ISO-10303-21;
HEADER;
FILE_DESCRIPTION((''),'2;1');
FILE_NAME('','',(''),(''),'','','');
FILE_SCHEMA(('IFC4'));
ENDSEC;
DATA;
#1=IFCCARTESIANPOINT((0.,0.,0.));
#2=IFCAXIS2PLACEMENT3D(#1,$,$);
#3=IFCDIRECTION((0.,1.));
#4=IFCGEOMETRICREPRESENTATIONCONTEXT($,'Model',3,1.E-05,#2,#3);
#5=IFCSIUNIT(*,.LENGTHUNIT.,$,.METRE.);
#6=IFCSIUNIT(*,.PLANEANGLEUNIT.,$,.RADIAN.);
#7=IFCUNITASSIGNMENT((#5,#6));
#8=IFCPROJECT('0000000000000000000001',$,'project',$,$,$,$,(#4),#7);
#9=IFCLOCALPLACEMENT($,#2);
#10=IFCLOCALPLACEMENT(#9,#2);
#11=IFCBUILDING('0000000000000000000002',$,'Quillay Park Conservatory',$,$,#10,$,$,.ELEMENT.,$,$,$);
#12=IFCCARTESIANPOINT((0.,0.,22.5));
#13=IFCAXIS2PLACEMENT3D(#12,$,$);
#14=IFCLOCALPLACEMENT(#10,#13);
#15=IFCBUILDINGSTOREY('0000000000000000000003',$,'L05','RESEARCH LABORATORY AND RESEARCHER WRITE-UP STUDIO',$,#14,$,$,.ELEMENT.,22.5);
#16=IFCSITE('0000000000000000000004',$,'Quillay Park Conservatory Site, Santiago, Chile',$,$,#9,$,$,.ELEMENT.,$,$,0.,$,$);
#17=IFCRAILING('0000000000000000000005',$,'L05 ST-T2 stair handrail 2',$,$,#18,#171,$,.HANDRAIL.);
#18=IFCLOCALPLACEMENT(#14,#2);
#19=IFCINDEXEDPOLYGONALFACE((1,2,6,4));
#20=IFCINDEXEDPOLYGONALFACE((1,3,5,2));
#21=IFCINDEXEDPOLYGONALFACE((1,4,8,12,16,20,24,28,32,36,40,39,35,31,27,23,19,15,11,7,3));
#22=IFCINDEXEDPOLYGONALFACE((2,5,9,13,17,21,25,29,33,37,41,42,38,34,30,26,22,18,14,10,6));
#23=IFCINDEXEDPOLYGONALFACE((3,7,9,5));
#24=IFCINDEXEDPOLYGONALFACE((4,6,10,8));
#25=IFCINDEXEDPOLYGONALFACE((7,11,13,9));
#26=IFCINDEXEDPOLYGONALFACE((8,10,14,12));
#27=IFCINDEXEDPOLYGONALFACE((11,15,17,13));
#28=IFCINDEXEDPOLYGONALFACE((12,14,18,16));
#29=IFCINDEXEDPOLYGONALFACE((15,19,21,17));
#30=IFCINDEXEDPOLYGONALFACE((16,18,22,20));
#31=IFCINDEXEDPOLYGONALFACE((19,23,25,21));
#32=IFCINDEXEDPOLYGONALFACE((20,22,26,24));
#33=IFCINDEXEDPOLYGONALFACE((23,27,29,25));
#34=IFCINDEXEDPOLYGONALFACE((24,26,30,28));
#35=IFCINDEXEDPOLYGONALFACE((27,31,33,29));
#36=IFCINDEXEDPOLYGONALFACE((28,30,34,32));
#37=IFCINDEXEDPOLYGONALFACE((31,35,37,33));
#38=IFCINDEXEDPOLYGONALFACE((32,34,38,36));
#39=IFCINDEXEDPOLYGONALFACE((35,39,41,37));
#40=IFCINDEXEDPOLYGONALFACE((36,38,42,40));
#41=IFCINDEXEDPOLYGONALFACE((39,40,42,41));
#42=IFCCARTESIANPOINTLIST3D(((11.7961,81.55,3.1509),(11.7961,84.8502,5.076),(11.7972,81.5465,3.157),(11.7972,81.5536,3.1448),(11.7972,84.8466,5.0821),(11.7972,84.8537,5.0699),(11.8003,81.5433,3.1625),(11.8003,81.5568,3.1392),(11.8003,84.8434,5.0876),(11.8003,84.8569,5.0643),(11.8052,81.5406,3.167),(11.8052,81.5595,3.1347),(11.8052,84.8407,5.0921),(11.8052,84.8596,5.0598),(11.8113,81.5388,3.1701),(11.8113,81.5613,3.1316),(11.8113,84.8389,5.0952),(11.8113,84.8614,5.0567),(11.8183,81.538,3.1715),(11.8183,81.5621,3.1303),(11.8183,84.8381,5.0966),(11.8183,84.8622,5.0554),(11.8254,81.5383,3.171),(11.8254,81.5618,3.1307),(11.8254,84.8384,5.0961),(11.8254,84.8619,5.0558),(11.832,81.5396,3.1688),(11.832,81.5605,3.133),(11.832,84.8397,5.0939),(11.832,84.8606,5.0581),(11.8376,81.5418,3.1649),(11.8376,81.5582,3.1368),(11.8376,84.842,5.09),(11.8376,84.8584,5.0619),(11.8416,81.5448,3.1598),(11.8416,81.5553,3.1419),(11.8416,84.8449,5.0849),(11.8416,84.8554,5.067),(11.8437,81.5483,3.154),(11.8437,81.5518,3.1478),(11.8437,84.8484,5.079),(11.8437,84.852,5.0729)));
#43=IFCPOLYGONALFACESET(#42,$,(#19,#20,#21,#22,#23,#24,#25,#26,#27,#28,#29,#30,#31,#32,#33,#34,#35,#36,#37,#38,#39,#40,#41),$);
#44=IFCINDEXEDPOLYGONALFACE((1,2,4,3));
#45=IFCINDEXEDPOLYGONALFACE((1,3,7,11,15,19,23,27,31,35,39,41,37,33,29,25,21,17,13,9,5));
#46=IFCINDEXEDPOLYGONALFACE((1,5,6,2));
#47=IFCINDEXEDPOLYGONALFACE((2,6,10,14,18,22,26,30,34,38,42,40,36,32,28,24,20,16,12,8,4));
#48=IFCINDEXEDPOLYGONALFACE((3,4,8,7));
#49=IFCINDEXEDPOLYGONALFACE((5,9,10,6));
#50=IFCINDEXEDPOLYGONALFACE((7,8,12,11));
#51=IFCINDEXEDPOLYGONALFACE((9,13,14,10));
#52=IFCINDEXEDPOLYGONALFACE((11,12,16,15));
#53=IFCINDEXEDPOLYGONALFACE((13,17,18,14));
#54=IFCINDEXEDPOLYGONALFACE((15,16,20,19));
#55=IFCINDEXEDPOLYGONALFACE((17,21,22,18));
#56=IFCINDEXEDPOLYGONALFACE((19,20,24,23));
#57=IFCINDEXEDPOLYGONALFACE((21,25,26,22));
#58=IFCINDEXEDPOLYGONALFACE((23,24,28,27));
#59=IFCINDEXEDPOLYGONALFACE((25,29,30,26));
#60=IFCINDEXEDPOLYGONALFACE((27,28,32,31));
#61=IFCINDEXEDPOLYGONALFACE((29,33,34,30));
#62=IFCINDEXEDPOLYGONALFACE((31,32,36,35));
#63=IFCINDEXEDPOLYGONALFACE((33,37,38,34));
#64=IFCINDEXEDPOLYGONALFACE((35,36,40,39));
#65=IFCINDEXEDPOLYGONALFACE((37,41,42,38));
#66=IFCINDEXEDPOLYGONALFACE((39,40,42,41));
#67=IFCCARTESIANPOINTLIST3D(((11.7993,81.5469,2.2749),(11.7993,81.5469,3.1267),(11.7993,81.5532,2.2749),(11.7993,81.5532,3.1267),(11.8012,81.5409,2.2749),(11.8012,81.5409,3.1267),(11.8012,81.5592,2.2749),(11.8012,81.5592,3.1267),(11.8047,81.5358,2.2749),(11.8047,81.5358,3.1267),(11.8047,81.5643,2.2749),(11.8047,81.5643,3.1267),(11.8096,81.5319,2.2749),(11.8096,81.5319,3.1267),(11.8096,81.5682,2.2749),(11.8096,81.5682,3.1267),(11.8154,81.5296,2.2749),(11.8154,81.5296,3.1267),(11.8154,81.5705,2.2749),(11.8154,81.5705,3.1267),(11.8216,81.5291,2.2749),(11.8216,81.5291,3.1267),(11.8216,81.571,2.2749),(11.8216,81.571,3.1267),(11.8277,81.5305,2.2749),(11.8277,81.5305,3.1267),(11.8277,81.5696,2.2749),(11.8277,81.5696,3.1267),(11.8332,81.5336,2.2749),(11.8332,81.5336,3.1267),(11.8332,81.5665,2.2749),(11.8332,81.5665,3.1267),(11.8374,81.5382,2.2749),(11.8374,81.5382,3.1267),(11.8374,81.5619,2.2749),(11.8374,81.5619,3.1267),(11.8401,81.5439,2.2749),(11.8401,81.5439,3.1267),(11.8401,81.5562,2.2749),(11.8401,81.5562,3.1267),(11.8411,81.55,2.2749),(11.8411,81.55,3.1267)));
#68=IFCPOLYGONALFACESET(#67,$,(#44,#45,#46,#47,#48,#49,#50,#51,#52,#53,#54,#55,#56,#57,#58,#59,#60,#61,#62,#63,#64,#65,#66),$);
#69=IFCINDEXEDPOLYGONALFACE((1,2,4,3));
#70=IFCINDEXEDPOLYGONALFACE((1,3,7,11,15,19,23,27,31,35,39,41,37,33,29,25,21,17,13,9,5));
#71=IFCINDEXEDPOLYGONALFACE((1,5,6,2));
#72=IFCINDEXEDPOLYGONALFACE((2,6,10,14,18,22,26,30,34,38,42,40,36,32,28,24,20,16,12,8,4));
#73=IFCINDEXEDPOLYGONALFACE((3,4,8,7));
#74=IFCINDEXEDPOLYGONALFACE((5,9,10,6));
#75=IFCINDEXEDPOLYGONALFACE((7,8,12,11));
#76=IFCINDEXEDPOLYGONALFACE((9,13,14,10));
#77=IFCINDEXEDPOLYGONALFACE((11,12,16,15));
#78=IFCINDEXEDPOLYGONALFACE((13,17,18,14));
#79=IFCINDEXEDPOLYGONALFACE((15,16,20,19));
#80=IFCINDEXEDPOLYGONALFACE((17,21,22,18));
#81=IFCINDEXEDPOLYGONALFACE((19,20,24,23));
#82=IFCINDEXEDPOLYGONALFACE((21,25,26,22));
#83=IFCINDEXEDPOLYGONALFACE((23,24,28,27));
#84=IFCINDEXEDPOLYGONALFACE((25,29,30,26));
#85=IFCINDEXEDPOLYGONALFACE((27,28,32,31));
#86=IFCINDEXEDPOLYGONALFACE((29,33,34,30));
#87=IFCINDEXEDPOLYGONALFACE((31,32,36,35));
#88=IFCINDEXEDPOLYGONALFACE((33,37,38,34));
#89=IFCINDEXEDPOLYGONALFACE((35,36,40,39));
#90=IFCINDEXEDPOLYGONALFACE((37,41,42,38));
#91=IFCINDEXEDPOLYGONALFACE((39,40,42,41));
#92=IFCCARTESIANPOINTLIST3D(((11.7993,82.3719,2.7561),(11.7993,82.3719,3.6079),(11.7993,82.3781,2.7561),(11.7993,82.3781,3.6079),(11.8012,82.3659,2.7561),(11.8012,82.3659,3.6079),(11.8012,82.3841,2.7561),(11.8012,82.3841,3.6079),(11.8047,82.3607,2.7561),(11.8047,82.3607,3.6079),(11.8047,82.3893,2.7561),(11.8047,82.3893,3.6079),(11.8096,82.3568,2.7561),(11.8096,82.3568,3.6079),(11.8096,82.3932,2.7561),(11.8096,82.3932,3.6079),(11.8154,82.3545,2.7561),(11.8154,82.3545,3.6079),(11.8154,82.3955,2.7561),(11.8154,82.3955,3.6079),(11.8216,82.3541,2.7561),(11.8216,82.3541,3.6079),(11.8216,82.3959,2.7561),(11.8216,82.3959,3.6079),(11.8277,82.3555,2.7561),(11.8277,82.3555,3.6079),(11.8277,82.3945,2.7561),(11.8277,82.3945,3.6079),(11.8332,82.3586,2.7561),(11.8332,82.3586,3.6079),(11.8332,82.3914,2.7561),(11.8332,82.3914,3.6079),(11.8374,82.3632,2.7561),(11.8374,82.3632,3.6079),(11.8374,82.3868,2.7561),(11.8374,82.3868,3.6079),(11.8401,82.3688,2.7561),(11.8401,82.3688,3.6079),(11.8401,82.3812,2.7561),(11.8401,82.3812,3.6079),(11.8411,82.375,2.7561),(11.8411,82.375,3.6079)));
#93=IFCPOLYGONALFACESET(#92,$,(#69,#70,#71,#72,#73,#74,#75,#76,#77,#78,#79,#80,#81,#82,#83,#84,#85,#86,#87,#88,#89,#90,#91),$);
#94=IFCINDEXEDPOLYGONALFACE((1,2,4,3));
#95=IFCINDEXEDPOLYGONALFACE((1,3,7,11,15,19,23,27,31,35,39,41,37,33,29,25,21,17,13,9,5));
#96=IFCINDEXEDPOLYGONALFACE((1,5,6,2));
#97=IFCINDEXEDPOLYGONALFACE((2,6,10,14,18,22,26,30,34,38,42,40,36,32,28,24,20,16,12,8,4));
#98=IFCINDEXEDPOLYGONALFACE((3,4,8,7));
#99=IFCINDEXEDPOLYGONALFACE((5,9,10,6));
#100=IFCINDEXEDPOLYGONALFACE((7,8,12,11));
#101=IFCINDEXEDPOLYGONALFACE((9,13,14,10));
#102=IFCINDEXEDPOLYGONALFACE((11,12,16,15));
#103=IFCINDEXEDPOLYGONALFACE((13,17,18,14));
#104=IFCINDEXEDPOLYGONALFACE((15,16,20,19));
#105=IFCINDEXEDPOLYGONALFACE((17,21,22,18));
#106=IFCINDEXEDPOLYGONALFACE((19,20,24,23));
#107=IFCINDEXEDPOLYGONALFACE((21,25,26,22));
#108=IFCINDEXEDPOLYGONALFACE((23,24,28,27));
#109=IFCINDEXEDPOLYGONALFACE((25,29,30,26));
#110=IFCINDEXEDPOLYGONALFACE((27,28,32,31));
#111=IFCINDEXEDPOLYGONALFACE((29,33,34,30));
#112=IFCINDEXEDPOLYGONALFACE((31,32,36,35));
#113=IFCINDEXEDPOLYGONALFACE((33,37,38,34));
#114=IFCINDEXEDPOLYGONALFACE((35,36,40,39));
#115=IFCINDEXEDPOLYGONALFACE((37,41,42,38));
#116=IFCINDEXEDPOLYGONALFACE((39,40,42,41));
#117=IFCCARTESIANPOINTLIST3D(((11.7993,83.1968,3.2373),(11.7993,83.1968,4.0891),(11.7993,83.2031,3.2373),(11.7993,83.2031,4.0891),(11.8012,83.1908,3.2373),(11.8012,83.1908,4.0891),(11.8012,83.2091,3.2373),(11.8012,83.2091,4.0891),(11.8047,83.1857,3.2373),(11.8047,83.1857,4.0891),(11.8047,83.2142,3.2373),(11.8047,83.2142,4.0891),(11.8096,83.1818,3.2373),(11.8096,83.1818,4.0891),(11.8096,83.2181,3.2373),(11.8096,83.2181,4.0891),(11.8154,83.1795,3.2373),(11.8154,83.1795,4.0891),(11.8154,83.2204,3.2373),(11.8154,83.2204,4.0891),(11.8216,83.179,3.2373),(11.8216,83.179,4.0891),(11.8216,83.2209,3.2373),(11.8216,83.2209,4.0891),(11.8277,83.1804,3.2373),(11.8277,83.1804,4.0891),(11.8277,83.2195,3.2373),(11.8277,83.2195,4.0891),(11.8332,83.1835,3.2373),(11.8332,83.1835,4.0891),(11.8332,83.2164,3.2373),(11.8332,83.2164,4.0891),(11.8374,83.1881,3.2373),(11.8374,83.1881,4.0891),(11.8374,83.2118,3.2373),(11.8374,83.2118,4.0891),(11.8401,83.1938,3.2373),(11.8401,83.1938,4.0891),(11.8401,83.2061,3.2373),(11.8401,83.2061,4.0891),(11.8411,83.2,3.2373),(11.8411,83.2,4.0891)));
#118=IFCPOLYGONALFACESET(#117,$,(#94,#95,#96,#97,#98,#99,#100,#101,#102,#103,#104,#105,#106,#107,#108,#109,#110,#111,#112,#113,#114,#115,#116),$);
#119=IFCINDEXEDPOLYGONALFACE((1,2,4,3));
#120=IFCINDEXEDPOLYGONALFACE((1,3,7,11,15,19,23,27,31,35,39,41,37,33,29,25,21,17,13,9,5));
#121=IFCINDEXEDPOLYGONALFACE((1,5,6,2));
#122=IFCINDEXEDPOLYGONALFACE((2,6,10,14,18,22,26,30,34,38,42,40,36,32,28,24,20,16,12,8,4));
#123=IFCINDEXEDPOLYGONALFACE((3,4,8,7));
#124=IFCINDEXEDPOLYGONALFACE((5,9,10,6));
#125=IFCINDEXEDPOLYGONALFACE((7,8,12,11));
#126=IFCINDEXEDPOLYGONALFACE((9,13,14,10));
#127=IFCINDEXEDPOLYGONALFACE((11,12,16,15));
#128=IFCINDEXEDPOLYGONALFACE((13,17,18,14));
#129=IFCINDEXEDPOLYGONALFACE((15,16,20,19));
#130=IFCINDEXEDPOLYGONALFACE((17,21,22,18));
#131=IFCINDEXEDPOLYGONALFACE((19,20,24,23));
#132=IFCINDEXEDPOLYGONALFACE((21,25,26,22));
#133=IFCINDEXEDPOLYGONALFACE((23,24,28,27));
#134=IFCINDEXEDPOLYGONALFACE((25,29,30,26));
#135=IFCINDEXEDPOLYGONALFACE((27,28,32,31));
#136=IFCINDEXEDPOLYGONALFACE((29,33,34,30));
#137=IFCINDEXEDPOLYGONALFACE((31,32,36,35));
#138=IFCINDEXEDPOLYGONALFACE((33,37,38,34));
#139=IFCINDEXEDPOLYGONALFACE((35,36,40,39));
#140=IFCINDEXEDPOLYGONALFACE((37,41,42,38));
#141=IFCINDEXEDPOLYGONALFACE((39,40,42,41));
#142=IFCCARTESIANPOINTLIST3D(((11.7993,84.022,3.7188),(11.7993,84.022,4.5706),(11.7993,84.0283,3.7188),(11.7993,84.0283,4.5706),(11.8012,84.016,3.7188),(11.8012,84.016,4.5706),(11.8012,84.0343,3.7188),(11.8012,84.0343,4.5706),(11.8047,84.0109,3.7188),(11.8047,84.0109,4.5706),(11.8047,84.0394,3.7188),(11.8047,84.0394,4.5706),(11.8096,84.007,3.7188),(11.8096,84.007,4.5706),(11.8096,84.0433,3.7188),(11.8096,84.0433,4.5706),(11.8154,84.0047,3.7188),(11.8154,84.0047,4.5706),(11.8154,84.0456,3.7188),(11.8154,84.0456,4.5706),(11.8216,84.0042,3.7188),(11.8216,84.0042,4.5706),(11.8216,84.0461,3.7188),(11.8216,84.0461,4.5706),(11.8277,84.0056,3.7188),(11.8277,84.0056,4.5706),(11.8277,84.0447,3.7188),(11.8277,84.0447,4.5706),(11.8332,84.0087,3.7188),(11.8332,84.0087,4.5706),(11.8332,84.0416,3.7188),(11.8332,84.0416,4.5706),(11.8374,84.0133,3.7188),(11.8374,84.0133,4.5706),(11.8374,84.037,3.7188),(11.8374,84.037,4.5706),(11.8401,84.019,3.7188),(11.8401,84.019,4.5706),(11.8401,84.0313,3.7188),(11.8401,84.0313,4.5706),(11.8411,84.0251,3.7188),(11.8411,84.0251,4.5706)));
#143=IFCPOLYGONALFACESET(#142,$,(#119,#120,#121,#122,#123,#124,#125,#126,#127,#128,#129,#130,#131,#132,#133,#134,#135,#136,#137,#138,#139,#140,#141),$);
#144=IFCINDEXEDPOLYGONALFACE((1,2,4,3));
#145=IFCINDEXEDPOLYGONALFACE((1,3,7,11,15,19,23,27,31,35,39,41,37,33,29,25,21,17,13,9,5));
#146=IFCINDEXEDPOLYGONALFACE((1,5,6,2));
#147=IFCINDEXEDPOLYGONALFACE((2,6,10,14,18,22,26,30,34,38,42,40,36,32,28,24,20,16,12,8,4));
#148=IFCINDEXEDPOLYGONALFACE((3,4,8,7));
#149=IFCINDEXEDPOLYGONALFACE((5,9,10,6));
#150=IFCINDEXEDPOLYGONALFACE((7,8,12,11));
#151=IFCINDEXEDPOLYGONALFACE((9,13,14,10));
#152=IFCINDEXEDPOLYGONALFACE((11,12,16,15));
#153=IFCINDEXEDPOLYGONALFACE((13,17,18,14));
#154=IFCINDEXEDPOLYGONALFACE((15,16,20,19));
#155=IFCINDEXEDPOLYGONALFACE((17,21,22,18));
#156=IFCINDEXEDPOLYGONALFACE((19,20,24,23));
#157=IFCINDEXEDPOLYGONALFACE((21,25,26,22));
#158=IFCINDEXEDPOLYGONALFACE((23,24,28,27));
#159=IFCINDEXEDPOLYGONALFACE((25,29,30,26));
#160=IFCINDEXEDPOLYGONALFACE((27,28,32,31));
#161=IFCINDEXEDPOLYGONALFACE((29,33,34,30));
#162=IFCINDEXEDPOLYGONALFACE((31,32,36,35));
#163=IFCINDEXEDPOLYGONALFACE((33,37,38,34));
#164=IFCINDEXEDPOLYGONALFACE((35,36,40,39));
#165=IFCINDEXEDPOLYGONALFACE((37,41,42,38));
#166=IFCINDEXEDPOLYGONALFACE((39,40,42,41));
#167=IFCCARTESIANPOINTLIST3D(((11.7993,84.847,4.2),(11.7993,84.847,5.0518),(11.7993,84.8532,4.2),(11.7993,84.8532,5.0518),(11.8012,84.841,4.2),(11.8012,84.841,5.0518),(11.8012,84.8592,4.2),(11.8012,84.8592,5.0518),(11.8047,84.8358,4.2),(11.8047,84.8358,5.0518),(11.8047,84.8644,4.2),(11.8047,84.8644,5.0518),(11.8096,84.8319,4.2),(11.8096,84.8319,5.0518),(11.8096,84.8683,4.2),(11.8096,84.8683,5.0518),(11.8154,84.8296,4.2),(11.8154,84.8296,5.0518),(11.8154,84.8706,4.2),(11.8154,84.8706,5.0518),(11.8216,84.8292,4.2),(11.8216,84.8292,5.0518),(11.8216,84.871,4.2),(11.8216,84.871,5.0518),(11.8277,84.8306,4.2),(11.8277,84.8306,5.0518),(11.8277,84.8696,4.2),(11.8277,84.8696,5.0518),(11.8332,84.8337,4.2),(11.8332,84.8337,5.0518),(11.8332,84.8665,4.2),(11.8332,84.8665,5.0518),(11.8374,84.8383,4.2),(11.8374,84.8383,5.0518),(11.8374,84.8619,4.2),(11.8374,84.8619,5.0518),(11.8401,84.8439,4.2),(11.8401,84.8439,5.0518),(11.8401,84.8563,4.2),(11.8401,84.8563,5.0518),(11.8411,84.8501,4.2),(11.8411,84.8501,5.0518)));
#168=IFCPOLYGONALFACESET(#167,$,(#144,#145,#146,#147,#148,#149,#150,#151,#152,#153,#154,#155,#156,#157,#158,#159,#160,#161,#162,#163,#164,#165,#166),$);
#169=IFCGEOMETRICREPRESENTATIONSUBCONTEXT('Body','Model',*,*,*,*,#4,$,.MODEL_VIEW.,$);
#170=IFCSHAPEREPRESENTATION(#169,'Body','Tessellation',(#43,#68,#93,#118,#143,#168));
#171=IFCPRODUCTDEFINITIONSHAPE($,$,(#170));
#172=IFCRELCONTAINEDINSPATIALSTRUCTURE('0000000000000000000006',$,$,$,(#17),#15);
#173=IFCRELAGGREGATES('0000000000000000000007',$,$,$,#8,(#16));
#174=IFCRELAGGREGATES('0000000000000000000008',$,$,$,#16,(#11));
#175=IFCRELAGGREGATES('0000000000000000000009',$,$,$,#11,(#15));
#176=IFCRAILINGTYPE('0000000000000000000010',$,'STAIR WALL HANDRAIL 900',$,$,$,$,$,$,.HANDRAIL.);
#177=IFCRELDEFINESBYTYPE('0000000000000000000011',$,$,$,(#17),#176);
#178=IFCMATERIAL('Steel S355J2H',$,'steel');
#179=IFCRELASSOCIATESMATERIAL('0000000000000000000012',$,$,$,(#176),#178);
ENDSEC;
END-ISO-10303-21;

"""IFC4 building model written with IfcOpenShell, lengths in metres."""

from ifc_helpers import new_model, si_unit, direction, frame, origin, origin_2d, place, context, subcontext, project, spatial, circle, extrude, material, type_object, element, save


model = new_model("IFC4")

# Units and contexts
model_context = context("Model", 3, precision=1e-05, world=origin(), true_north=direction((0.0, 1.0)))
body_context = subcontext(model_context, "Body", "Model", "MODEL_VIEW")
ifc_project = project(units=[si_unit("LENGTHUNIT", "METRE"), si_unit("PLANEANGLEUNIT", "RADIAN")], contexts=[model_context])

# Site, building, storey
site_placement = place(None, origin())
site = spatial("IfcSite", under=ifc_project, at=site_placement, Name="Quillay Park Conservatory Site, Santiago, Chile", CompositionType="ELEMENT", RefElevation=0.0)
building_placement = place(site_placement, origin())
building = spatial("IfcBuilding", under=site, at=building_placement, Name="Quillay Park Conservatory", CompositionType="ELEMENT")
storey_placement = place(building_placement, frame((0.0, 0.0, 22.5)))
storey = spatial("IfcBuildingStorey", under=building, at=storey_placement, Name="L05", Description="RESEARCH LABORATORY AND RESEARCHER WRITE-UP STUDIO", CompositionType="ELEMENT", Elevation=22.5)

# Railing
ifc_material_1 = material(Name="Steel S355J2H", Category="steel")
railing_type_1 = type_object("IfcRailingType", Name="STAIR WALL HANDRAIL 900", PredefinedType="HANDRAIL", material=ifc_material_1)
railing_1_placement = place(storey_placement, frame((11.8201, 81.55, 2.2749)))
element("IfcRailing", 1, at=railing_1_placement, inside=storey, type_object=railing_type_1, Name="L05 ST-T2 stair handrail 2", PredefinedType="HANDRAIL", context=body_context, shape_type="SweptSolid", body=[
    extrude(circle(Radius=0.0239, at=origin_2d()), frame((0.0, 0.0, 0.876), z_axis=(0.0, 0.863777, 0.503875), x_axis=(-1.0, 0.0, 0.0)), (0.0, 0.0, 1.0), 3.8206),
    extrude(circle(Radius=0.021, at=origin_2d()), origin(), (0.0, 0.0, 1.0), 0.8518),
    extrude(circle(Radius=0.021, at=origin_2d()), frame((0.0, 0.825, 0.4812)), (0.0, 0.0, 1.0), 0.8518),
    extrude(circle(Radius=0.021, at=origin_2d()), frame((0.0, 1.6499, 0.9624)), (0.0, 0.0, 1.0), 0.8518),
    extrude(circle(Radius=0.021, at=origin_2d()), frame((0.0, 2.4751, 1.4438)), (0.0, 0.0, 1.0), 0.8518),
    extrude(circle(Radius=0.021, at=origin_2d()), frame((0.0, 3.3, 1.925)), (0.0, 0.0, 1.0), 0.8518),
])

save(model, "model.ifc")
